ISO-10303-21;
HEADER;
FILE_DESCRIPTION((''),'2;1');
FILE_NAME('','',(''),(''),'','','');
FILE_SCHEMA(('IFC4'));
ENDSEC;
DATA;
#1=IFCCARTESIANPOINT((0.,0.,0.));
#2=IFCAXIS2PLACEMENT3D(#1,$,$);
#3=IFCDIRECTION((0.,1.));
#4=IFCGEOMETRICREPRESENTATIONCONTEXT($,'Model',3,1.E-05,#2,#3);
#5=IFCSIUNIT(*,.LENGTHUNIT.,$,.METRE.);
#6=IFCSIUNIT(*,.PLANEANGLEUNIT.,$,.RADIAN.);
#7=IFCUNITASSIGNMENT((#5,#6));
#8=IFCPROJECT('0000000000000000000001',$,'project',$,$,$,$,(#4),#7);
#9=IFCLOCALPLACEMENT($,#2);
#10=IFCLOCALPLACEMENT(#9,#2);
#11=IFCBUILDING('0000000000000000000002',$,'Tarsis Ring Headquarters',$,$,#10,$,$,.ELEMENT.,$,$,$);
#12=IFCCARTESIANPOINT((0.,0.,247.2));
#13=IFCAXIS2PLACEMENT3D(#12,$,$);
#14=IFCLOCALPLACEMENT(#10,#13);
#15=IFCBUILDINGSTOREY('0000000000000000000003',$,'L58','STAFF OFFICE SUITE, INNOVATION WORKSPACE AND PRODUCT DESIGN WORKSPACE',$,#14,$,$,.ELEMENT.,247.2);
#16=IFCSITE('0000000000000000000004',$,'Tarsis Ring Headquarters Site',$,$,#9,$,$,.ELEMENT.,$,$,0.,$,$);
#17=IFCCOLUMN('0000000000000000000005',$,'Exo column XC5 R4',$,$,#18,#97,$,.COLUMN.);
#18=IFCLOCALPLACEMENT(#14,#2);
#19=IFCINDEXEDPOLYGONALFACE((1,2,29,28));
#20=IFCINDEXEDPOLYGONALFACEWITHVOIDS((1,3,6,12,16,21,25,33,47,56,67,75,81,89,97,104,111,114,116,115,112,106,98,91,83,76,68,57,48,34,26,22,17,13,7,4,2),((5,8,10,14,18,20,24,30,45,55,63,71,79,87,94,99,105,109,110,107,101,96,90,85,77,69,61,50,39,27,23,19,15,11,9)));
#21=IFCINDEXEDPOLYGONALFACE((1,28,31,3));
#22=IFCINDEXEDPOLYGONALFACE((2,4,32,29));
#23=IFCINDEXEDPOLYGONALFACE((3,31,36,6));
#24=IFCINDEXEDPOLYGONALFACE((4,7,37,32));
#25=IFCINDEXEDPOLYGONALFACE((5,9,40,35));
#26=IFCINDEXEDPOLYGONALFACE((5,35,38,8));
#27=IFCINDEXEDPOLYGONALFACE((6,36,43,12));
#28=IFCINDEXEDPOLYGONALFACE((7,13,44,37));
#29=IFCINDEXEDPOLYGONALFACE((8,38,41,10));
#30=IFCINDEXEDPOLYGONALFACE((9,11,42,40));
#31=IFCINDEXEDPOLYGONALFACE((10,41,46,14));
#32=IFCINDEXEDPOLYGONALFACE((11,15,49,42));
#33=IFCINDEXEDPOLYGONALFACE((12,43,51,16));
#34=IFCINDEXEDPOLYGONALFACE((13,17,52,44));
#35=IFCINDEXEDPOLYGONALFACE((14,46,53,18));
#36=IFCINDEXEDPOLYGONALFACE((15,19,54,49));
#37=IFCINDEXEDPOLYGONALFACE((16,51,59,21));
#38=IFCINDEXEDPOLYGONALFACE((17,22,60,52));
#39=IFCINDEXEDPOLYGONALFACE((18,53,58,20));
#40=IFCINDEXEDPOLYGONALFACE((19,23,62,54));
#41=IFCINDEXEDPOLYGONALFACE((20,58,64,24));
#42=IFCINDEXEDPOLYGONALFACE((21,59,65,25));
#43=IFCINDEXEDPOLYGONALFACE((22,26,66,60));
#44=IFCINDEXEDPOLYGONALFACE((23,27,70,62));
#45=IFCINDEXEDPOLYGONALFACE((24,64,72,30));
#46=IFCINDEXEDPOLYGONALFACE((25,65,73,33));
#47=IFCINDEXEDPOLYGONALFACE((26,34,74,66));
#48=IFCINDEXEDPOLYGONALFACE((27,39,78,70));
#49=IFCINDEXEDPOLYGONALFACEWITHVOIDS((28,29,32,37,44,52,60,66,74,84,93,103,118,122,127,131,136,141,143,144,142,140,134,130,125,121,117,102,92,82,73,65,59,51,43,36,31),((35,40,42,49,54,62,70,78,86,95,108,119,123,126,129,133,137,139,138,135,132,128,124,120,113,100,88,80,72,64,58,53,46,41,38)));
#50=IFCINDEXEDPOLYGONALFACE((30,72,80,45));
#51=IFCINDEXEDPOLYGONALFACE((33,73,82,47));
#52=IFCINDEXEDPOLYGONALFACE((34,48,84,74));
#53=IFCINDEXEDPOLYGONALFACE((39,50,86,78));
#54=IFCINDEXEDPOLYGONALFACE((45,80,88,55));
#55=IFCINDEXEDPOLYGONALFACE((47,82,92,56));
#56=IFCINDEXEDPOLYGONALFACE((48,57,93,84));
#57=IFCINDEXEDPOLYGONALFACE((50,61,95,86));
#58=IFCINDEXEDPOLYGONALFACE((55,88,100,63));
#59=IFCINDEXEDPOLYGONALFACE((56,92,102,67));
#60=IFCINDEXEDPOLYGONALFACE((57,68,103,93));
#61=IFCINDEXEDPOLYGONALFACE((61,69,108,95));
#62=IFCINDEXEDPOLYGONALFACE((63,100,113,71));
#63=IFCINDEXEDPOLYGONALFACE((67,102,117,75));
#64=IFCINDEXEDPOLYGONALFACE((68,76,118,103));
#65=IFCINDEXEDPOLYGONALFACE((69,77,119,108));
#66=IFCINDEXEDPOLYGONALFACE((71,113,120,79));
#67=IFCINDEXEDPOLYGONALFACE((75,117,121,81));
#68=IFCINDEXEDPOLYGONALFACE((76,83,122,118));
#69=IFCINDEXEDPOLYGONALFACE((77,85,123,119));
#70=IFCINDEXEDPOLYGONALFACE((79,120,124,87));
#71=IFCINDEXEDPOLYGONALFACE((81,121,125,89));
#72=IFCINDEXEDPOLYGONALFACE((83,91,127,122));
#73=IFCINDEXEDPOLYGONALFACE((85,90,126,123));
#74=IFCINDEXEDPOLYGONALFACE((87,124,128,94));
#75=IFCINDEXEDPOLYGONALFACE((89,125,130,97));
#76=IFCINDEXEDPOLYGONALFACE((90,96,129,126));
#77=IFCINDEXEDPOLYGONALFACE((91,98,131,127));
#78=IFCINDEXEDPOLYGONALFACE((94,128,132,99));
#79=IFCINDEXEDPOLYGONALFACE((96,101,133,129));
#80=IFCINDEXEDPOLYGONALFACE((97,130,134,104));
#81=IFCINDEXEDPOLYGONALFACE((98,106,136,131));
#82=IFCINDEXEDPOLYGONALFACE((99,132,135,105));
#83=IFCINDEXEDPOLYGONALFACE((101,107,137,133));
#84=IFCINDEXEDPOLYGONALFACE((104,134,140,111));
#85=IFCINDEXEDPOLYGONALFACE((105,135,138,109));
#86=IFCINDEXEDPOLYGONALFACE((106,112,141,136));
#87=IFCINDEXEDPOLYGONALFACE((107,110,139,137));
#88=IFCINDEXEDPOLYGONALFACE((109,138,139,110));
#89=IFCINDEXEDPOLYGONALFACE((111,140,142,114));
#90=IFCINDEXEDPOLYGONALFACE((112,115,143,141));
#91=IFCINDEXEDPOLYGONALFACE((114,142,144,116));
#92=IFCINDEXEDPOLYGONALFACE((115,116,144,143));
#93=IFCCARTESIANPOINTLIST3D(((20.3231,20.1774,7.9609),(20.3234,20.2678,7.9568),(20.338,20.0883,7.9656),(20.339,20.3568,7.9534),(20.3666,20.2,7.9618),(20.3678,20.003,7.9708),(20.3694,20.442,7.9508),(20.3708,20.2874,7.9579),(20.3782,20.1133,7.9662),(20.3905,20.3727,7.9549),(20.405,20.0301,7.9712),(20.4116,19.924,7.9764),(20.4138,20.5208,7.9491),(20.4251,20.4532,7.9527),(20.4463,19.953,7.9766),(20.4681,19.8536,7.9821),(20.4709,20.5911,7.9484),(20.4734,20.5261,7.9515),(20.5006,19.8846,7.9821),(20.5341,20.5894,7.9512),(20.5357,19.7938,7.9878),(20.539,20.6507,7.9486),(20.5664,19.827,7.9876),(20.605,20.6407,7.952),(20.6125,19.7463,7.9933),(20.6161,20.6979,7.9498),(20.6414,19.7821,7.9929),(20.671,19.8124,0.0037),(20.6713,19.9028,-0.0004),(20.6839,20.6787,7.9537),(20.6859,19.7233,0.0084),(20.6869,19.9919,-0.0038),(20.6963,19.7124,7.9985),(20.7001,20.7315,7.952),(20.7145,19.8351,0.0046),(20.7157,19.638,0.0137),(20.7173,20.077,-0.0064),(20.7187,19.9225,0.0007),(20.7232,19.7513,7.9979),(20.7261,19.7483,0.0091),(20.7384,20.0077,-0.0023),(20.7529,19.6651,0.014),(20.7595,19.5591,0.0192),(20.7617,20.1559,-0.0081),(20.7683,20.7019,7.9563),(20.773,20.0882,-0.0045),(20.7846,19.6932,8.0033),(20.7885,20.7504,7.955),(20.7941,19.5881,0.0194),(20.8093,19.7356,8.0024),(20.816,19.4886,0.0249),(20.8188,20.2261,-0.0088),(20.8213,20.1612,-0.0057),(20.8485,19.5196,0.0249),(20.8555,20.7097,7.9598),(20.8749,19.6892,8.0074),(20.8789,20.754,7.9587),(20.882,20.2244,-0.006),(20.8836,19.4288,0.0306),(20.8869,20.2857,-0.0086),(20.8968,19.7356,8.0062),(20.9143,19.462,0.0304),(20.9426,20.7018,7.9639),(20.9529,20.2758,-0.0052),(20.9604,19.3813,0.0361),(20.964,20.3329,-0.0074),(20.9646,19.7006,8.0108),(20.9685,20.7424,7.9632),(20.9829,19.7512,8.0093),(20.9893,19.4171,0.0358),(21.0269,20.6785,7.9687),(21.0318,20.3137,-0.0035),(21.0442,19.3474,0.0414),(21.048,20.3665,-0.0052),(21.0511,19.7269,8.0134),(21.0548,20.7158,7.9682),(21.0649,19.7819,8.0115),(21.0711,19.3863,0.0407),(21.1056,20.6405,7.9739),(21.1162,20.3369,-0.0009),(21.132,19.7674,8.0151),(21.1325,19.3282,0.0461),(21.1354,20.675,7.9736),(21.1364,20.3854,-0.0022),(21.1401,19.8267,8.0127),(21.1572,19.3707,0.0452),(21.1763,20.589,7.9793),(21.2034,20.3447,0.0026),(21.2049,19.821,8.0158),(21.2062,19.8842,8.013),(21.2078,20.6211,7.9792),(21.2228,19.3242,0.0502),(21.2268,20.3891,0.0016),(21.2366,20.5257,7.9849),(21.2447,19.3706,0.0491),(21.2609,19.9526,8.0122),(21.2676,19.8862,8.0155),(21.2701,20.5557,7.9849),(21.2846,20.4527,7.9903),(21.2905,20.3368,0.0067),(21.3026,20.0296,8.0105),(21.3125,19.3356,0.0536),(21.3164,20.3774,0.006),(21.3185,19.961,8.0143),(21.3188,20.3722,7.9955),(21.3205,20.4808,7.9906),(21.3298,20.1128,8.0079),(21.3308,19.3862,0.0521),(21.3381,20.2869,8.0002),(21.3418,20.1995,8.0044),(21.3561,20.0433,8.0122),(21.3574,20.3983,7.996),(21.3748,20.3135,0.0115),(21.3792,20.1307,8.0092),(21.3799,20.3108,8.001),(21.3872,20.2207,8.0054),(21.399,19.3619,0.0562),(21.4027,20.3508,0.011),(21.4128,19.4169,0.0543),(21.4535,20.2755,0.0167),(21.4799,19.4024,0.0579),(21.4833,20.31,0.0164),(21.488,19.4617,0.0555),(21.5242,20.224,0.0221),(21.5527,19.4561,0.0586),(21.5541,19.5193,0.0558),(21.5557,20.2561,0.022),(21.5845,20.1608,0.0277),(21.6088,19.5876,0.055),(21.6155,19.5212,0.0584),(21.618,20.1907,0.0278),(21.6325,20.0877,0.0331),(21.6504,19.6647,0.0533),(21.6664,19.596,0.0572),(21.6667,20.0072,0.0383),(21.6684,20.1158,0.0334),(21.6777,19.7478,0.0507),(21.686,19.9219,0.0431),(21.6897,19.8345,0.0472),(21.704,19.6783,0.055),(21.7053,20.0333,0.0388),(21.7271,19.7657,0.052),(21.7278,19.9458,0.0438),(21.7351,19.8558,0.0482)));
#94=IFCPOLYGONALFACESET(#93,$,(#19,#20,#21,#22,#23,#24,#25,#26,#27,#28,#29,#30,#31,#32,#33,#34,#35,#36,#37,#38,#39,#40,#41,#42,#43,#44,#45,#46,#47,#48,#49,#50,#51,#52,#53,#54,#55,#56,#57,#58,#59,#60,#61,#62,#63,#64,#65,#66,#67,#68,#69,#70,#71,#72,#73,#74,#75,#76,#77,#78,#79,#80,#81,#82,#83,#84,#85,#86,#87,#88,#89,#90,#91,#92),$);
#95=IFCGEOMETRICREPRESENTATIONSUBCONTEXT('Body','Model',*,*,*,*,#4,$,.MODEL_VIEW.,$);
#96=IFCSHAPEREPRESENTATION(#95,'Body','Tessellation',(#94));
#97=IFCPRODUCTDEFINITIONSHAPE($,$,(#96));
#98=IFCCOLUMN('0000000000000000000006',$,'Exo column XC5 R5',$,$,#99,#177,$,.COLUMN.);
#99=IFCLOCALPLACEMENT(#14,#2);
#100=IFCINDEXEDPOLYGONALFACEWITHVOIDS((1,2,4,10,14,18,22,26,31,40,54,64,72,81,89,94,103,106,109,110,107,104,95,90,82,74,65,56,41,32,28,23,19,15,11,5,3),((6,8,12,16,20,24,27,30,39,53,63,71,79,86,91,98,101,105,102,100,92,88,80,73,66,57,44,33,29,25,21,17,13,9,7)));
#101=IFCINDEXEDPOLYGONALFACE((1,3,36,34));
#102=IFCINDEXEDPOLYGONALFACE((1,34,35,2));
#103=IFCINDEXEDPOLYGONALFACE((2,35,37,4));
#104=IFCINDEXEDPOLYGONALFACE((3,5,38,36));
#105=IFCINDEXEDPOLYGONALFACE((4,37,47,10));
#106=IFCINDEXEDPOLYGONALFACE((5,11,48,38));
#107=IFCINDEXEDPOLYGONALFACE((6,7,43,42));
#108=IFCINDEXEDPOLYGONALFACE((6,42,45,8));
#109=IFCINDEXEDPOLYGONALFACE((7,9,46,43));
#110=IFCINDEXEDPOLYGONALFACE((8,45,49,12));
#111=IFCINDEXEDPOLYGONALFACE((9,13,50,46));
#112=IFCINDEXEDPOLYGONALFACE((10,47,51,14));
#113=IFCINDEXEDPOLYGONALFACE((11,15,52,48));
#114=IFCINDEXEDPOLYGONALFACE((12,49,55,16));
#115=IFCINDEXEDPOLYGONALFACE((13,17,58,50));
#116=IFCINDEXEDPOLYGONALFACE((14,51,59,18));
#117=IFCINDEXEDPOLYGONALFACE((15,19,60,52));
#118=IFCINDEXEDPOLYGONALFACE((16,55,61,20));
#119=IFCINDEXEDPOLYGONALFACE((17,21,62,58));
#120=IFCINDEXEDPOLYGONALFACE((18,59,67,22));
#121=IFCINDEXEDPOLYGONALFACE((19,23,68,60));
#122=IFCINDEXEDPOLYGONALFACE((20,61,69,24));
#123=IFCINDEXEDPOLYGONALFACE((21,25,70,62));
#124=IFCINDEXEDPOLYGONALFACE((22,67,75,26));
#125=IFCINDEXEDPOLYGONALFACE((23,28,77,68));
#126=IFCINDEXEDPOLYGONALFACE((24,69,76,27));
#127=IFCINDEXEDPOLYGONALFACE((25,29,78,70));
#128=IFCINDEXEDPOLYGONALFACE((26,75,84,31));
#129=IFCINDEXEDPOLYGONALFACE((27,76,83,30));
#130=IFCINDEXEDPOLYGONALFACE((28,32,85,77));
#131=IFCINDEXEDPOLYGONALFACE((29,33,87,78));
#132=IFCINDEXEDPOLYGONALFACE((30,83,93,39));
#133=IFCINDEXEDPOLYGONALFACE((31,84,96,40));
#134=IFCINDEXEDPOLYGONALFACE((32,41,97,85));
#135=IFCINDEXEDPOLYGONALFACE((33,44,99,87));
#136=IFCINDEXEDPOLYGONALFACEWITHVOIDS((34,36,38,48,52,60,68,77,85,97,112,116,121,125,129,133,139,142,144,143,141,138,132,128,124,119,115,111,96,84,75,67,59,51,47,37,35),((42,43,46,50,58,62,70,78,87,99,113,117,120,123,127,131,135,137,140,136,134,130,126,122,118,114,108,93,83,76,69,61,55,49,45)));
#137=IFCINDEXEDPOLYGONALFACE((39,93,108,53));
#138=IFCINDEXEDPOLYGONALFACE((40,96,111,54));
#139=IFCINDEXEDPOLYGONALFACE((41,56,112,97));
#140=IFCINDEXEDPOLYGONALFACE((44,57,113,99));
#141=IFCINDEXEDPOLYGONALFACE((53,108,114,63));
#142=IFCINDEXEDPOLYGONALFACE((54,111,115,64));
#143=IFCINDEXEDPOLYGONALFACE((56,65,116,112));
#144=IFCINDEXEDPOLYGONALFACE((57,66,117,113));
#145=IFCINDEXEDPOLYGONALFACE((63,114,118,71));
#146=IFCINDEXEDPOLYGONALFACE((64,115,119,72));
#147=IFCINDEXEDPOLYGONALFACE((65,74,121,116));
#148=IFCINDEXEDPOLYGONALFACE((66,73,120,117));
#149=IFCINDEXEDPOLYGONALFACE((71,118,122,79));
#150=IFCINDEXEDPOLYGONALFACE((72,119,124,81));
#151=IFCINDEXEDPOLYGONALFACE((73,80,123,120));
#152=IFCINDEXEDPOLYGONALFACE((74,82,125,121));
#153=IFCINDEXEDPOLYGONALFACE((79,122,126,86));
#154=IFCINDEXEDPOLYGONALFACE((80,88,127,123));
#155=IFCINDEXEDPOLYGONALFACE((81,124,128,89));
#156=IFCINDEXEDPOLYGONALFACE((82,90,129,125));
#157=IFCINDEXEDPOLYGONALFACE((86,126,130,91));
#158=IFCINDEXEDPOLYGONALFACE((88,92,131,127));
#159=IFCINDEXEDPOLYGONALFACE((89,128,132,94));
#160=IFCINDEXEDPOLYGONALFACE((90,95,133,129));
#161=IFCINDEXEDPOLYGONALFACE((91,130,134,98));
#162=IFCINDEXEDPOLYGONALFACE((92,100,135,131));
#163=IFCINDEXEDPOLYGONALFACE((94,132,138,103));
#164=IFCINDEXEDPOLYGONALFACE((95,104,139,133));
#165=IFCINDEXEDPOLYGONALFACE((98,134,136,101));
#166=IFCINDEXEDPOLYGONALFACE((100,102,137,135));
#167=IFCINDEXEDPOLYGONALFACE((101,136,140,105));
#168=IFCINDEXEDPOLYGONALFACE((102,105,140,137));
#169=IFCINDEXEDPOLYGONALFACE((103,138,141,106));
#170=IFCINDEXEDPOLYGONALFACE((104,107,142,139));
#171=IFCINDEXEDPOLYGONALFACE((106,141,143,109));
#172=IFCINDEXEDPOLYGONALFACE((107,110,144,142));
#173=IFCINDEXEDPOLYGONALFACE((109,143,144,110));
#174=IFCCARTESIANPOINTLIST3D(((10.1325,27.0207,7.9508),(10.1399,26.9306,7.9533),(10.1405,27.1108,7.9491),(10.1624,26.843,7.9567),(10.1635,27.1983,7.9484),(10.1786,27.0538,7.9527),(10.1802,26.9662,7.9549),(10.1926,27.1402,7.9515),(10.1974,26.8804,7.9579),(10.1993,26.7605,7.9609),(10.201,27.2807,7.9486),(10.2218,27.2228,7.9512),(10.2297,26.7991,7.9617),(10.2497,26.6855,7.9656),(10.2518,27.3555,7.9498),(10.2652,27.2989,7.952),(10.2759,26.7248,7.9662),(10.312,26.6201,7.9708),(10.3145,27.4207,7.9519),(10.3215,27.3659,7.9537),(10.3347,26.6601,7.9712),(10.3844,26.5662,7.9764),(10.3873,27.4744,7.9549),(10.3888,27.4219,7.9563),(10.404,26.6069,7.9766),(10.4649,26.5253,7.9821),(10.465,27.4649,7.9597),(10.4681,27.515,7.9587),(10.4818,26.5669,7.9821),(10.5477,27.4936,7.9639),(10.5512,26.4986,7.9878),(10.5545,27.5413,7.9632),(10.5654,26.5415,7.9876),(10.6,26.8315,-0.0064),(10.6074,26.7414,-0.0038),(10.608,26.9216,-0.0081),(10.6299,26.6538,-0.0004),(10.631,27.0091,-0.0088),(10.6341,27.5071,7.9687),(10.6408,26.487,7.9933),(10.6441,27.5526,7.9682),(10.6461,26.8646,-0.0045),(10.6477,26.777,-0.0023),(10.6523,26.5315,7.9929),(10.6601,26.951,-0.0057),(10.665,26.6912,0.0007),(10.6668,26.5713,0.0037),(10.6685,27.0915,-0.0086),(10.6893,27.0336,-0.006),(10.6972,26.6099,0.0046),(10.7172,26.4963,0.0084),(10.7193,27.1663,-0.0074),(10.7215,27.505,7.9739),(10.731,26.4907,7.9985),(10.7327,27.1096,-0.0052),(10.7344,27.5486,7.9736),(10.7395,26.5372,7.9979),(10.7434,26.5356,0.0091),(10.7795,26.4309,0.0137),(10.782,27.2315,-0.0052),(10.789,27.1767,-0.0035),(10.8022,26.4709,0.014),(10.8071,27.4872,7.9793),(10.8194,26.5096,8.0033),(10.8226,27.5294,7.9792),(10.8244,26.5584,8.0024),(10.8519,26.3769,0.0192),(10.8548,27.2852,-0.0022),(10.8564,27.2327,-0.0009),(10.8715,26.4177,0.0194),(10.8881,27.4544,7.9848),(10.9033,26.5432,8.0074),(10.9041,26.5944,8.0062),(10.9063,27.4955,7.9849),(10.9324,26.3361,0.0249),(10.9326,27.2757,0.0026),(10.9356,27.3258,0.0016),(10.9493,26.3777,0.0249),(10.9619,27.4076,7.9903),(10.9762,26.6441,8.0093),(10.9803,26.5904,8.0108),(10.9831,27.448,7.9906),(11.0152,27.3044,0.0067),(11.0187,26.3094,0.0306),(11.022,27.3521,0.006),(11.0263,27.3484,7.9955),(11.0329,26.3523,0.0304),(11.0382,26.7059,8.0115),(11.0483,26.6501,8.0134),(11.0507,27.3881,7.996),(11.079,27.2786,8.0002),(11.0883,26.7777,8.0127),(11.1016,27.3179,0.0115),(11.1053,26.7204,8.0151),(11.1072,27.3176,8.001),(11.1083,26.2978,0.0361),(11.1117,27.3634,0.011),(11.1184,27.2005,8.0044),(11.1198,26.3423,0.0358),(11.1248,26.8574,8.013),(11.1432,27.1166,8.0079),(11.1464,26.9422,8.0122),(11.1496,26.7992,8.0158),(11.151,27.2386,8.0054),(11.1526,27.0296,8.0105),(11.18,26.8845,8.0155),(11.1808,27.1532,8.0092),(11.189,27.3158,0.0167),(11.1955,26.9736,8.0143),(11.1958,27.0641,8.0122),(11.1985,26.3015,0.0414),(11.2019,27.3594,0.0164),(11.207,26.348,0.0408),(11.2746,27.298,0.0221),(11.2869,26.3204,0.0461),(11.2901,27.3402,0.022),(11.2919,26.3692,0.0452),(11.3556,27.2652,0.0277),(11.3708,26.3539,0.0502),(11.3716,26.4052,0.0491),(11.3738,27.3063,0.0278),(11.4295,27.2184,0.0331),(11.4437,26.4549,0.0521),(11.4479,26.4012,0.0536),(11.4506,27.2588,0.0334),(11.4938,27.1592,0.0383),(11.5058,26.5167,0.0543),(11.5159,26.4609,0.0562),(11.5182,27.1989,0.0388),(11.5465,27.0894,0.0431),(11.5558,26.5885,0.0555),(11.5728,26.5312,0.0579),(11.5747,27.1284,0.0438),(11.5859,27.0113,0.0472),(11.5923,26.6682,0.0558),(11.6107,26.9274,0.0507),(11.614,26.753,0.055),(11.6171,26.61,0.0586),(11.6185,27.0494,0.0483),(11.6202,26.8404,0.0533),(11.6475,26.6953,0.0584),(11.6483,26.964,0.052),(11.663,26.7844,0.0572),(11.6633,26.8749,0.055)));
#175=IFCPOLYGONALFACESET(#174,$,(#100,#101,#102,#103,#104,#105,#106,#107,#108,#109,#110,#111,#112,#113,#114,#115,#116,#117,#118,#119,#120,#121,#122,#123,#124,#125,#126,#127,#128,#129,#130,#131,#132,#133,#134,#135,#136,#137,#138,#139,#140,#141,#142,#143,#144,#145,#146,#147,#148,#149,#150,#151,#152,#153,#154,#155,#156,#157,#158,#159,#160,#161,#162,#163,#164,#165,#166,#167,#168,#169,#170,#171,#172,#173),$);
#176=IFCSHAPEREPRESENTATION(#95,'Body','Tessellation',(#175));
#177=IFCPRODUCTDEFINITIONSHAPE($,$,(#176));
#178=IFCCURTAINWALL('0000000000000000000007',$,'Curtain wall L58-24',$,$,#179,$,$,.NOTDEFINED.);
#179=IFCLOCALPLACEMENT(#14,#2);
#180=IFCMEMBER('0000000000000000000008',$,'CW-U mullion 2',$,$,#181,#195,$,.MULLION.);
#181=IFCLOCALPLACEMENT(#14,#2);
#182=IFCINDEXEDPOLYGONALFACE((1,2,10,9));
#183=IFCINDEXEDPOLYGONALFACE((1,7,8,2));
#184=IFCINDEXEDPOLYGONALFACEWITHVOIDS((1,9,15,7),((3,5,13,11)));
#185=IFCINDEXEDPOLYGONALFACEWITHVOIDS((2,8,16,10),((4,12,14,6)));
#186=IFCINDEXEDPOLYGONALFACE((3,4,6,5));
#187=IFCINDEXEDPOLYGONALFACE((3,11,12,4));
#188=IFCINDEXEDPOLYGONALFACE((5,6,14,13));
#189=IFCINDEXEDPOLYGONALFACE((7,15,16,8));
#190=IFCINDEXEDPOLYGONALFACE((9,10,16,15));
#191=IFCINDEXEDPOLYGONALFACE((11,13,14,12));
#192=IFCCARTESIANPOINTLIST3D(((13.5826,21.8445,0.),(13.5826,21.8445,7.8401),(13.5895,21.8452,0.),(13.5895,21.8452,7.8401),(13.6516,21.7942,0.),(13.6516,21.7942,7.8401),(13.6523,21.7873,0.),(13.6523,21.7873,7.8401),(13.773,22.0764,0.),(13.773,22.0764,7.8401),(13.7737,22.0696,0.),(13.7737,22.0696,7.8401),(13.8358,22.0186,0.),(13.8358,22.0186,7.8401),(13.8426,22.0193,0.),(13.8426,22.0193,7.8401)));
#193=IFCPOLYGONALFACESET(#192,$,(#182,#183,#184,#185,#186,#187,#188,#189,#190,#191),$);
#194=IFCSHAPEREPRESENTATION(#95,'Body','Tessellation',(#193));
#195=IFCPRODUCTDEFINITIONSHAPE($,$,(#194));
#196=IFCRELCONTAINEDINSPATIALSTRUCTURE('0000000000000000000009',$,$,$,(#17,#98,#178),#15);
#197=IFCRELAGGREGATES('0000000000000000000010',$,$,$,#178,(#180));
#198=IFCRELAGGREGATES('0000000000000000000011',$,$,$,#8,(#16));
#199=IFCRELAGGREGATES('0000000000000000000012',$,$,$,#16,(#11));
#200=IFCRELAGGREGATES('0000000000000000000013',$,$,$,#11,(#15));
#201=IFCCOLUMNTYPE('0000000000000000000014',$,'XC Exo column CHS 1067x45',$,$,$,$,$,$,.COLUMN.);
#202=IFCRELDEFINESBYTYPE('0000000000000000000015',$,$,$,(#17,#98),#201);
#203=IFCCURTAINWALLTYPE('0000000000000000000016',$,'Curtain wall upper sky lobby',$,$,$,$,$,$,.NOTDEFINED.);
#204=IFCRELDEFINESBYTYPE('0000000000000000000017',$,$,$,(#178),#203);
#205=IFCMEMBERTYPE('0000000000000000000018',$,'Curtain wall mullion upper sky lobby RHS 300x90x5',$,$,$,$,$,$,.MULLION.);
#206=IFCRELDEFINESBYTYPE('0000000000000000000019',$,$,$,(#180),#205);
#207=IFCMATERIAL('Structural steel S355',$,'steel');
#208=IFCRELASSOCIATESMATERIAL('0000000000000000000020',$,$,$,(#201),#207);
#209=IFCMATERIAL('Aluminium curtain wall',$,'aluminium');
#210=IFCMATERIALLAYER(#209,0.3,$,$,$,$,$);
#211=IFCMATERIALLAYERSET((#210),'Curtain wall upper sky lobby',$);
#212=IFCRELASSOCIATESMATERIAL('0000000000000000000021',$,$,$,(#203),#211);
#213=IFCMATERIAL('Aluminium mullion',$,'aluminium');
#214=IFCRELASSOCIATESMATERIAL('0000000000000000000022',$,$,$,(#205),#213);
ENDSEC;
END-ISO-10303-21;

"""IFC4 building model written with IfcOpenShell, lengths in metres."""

from ifc_helpers import new_model, si_unit, direction, frame, origin, origin_2d, place, context, subcontext, project, spatial, hollow_rectangle, hollow_circle, extrude, material, layer, layer_set, material_profile, profile_set, type_object, element, aggregate, save


model = new_model("IFC4")

# Units and contexts
model_context = context("Model", 3, precision=1e-05, world=origin(), true_north=direction((0.0, 1.0)))
body_context = subcontext(model_context, "Body", "Model", "MODEL_VIEW")
ifc_project = project(units=[si_unit("LENGTHUNIT", "METRE"), si_unit("PLANEANGLEUNIT", "RADIAN")], contexts=[model_context])

# Site, building, storey
site_placement = place(None, origin())
site = spatial("IfcSite", under=ifc_project, at=site_placement, Name="Tarsis Ring Headquarters Site", CompositionType="ELEMENT", RefElevation=0.0)
building_placement = place(site_placement, origin())
building = spatial("IfcBuilding", under=site, at=building_placement, Name="Tarsis Ring Headquarters", CompositionType="ELEMENT")
storey_placement = place(building_placement, frame((0.0, 0.0, 247.2)))
storey = spatial("IfcBuildingStorey", under=building, at=storey_placement, Name="L58", Description="STAFF OFFICE SUITE, INNOVATION WORKSPACE AND PRODUCT DESIGN WORKSPACE", CompositionType="ELEMENT", Elevation=247.2)

# Columns
ifc_material_1 = material(Name="Structural steel S355", Category="steel")
ifc_material_profile_1 = material_profile(ifc_material_1, hollow_circle(Radius=0.5334, WallThickness=0.0449, at=origin_2d()), Name="CHS 1067x45")
ifc_profile_set_1 = profile_set([ifc_material_profile_1], Name="Structural steel S355")
column_type = type_object("IfcColumnType", Name="XC Exo column CHS 1067x45", PredefinedType="COLUMN", material=ifc_profile_set_1)
for number, where, z_axis, x_axis, name in (
    (1, (21.2021, 19.8567, 0.0249), (-0.043634, 0.045777, 0.997998), (-0.72385, -0.689957, 0.0), "Exo column XC5 R4"),
    (2, (11.1326, 26.8306, 0.0249), (-0.058637, 0.02373, 0.997997), (-0.375143, -0.926967, 0.0), "Exo column XC5 R5"),
):
    element("IfcColumn", number, at=place(storey_placement, frame(where, z_axis=z_axis, x_axis=x_axis)), inside=storey, type_object=column_type, Name=name, PredefinedType="COLUMN", context=body_context, shape_type="SweptSolid", body=[
        extrude(hollow_circle(Radius=0.5334, WallThickness=0.0449, at=origin_2d()), origin(), (0.0, 0.0, 1.0), 7.9731),
    ])

# Curtain wall, member
ifc_material_2 = material(Name="Aluminium curtain wall", Category="aluminium")
ifc_layer_1 = layer(ifc_material_2, 0.3)
ifc_layer_set_1 = layer_set([ifc_layer_1], Name="Curtain wall upper sky lobby")
curtain_wall_type = type_object("IfcCurtainWallType", Name="Curtain wall upper sky lobby", PredefinedType="NOTDEFINED", material=ifc_layer_set_1)
curtain_wall_placement = place(storey_placement, origin())
curtain_wall = element("IfcCurtainWall", 3, at=curtain_wall_placement, inside=storey, type_object=curtain_wall_type, Name="Curtain wall L58-24", PredefinedType="NOTDEFINED")
ifc_material_3 = material(Name="Aluminium mullion", Category="aluminium")
ifc_material_profile_2 = material_profile(ifc_material_3, hollow_rectangle(XDim=0.3, YDim=0.0901, WallThickness=0.0049, at=origin_2d()), Name="RHS 300x90x5")
ifc_profile_set_2 = profile_set([ifc_material_profile_2], Name="Aluminium mullion")
member_type_1 = type_object("IfcMemberType", Name="Curtain wall mullion upper sky lobby RHS 300x90x5", PredefinedType="MULLION", material=ifc_profile_set_2)
member_1_placement = place(storey_placement, frame((13.7126, 21.9319, 0.0), z_axis=(0.0, 0.0, 1.0), x_axis=(-0.634461, -0.772955, 0.0)))
member_1 = element("IfcMember", 4, at=member_1_placement, type_object=member_type_1, Name="CW-U mullion 2", PredefinedType="MULLION", context=body_context, shape_type="SweptSolid", body=[
    extrude(hollow_rectangle(XDim=0.3, YDim=0.0901, WallThickness=0.0049, at=origin_2d()), origin(), (0.0, 0.0, 1.0), 7.8401),
])
aggregate(curtain_wall, [member_1])

save(model, "model.ifc")
